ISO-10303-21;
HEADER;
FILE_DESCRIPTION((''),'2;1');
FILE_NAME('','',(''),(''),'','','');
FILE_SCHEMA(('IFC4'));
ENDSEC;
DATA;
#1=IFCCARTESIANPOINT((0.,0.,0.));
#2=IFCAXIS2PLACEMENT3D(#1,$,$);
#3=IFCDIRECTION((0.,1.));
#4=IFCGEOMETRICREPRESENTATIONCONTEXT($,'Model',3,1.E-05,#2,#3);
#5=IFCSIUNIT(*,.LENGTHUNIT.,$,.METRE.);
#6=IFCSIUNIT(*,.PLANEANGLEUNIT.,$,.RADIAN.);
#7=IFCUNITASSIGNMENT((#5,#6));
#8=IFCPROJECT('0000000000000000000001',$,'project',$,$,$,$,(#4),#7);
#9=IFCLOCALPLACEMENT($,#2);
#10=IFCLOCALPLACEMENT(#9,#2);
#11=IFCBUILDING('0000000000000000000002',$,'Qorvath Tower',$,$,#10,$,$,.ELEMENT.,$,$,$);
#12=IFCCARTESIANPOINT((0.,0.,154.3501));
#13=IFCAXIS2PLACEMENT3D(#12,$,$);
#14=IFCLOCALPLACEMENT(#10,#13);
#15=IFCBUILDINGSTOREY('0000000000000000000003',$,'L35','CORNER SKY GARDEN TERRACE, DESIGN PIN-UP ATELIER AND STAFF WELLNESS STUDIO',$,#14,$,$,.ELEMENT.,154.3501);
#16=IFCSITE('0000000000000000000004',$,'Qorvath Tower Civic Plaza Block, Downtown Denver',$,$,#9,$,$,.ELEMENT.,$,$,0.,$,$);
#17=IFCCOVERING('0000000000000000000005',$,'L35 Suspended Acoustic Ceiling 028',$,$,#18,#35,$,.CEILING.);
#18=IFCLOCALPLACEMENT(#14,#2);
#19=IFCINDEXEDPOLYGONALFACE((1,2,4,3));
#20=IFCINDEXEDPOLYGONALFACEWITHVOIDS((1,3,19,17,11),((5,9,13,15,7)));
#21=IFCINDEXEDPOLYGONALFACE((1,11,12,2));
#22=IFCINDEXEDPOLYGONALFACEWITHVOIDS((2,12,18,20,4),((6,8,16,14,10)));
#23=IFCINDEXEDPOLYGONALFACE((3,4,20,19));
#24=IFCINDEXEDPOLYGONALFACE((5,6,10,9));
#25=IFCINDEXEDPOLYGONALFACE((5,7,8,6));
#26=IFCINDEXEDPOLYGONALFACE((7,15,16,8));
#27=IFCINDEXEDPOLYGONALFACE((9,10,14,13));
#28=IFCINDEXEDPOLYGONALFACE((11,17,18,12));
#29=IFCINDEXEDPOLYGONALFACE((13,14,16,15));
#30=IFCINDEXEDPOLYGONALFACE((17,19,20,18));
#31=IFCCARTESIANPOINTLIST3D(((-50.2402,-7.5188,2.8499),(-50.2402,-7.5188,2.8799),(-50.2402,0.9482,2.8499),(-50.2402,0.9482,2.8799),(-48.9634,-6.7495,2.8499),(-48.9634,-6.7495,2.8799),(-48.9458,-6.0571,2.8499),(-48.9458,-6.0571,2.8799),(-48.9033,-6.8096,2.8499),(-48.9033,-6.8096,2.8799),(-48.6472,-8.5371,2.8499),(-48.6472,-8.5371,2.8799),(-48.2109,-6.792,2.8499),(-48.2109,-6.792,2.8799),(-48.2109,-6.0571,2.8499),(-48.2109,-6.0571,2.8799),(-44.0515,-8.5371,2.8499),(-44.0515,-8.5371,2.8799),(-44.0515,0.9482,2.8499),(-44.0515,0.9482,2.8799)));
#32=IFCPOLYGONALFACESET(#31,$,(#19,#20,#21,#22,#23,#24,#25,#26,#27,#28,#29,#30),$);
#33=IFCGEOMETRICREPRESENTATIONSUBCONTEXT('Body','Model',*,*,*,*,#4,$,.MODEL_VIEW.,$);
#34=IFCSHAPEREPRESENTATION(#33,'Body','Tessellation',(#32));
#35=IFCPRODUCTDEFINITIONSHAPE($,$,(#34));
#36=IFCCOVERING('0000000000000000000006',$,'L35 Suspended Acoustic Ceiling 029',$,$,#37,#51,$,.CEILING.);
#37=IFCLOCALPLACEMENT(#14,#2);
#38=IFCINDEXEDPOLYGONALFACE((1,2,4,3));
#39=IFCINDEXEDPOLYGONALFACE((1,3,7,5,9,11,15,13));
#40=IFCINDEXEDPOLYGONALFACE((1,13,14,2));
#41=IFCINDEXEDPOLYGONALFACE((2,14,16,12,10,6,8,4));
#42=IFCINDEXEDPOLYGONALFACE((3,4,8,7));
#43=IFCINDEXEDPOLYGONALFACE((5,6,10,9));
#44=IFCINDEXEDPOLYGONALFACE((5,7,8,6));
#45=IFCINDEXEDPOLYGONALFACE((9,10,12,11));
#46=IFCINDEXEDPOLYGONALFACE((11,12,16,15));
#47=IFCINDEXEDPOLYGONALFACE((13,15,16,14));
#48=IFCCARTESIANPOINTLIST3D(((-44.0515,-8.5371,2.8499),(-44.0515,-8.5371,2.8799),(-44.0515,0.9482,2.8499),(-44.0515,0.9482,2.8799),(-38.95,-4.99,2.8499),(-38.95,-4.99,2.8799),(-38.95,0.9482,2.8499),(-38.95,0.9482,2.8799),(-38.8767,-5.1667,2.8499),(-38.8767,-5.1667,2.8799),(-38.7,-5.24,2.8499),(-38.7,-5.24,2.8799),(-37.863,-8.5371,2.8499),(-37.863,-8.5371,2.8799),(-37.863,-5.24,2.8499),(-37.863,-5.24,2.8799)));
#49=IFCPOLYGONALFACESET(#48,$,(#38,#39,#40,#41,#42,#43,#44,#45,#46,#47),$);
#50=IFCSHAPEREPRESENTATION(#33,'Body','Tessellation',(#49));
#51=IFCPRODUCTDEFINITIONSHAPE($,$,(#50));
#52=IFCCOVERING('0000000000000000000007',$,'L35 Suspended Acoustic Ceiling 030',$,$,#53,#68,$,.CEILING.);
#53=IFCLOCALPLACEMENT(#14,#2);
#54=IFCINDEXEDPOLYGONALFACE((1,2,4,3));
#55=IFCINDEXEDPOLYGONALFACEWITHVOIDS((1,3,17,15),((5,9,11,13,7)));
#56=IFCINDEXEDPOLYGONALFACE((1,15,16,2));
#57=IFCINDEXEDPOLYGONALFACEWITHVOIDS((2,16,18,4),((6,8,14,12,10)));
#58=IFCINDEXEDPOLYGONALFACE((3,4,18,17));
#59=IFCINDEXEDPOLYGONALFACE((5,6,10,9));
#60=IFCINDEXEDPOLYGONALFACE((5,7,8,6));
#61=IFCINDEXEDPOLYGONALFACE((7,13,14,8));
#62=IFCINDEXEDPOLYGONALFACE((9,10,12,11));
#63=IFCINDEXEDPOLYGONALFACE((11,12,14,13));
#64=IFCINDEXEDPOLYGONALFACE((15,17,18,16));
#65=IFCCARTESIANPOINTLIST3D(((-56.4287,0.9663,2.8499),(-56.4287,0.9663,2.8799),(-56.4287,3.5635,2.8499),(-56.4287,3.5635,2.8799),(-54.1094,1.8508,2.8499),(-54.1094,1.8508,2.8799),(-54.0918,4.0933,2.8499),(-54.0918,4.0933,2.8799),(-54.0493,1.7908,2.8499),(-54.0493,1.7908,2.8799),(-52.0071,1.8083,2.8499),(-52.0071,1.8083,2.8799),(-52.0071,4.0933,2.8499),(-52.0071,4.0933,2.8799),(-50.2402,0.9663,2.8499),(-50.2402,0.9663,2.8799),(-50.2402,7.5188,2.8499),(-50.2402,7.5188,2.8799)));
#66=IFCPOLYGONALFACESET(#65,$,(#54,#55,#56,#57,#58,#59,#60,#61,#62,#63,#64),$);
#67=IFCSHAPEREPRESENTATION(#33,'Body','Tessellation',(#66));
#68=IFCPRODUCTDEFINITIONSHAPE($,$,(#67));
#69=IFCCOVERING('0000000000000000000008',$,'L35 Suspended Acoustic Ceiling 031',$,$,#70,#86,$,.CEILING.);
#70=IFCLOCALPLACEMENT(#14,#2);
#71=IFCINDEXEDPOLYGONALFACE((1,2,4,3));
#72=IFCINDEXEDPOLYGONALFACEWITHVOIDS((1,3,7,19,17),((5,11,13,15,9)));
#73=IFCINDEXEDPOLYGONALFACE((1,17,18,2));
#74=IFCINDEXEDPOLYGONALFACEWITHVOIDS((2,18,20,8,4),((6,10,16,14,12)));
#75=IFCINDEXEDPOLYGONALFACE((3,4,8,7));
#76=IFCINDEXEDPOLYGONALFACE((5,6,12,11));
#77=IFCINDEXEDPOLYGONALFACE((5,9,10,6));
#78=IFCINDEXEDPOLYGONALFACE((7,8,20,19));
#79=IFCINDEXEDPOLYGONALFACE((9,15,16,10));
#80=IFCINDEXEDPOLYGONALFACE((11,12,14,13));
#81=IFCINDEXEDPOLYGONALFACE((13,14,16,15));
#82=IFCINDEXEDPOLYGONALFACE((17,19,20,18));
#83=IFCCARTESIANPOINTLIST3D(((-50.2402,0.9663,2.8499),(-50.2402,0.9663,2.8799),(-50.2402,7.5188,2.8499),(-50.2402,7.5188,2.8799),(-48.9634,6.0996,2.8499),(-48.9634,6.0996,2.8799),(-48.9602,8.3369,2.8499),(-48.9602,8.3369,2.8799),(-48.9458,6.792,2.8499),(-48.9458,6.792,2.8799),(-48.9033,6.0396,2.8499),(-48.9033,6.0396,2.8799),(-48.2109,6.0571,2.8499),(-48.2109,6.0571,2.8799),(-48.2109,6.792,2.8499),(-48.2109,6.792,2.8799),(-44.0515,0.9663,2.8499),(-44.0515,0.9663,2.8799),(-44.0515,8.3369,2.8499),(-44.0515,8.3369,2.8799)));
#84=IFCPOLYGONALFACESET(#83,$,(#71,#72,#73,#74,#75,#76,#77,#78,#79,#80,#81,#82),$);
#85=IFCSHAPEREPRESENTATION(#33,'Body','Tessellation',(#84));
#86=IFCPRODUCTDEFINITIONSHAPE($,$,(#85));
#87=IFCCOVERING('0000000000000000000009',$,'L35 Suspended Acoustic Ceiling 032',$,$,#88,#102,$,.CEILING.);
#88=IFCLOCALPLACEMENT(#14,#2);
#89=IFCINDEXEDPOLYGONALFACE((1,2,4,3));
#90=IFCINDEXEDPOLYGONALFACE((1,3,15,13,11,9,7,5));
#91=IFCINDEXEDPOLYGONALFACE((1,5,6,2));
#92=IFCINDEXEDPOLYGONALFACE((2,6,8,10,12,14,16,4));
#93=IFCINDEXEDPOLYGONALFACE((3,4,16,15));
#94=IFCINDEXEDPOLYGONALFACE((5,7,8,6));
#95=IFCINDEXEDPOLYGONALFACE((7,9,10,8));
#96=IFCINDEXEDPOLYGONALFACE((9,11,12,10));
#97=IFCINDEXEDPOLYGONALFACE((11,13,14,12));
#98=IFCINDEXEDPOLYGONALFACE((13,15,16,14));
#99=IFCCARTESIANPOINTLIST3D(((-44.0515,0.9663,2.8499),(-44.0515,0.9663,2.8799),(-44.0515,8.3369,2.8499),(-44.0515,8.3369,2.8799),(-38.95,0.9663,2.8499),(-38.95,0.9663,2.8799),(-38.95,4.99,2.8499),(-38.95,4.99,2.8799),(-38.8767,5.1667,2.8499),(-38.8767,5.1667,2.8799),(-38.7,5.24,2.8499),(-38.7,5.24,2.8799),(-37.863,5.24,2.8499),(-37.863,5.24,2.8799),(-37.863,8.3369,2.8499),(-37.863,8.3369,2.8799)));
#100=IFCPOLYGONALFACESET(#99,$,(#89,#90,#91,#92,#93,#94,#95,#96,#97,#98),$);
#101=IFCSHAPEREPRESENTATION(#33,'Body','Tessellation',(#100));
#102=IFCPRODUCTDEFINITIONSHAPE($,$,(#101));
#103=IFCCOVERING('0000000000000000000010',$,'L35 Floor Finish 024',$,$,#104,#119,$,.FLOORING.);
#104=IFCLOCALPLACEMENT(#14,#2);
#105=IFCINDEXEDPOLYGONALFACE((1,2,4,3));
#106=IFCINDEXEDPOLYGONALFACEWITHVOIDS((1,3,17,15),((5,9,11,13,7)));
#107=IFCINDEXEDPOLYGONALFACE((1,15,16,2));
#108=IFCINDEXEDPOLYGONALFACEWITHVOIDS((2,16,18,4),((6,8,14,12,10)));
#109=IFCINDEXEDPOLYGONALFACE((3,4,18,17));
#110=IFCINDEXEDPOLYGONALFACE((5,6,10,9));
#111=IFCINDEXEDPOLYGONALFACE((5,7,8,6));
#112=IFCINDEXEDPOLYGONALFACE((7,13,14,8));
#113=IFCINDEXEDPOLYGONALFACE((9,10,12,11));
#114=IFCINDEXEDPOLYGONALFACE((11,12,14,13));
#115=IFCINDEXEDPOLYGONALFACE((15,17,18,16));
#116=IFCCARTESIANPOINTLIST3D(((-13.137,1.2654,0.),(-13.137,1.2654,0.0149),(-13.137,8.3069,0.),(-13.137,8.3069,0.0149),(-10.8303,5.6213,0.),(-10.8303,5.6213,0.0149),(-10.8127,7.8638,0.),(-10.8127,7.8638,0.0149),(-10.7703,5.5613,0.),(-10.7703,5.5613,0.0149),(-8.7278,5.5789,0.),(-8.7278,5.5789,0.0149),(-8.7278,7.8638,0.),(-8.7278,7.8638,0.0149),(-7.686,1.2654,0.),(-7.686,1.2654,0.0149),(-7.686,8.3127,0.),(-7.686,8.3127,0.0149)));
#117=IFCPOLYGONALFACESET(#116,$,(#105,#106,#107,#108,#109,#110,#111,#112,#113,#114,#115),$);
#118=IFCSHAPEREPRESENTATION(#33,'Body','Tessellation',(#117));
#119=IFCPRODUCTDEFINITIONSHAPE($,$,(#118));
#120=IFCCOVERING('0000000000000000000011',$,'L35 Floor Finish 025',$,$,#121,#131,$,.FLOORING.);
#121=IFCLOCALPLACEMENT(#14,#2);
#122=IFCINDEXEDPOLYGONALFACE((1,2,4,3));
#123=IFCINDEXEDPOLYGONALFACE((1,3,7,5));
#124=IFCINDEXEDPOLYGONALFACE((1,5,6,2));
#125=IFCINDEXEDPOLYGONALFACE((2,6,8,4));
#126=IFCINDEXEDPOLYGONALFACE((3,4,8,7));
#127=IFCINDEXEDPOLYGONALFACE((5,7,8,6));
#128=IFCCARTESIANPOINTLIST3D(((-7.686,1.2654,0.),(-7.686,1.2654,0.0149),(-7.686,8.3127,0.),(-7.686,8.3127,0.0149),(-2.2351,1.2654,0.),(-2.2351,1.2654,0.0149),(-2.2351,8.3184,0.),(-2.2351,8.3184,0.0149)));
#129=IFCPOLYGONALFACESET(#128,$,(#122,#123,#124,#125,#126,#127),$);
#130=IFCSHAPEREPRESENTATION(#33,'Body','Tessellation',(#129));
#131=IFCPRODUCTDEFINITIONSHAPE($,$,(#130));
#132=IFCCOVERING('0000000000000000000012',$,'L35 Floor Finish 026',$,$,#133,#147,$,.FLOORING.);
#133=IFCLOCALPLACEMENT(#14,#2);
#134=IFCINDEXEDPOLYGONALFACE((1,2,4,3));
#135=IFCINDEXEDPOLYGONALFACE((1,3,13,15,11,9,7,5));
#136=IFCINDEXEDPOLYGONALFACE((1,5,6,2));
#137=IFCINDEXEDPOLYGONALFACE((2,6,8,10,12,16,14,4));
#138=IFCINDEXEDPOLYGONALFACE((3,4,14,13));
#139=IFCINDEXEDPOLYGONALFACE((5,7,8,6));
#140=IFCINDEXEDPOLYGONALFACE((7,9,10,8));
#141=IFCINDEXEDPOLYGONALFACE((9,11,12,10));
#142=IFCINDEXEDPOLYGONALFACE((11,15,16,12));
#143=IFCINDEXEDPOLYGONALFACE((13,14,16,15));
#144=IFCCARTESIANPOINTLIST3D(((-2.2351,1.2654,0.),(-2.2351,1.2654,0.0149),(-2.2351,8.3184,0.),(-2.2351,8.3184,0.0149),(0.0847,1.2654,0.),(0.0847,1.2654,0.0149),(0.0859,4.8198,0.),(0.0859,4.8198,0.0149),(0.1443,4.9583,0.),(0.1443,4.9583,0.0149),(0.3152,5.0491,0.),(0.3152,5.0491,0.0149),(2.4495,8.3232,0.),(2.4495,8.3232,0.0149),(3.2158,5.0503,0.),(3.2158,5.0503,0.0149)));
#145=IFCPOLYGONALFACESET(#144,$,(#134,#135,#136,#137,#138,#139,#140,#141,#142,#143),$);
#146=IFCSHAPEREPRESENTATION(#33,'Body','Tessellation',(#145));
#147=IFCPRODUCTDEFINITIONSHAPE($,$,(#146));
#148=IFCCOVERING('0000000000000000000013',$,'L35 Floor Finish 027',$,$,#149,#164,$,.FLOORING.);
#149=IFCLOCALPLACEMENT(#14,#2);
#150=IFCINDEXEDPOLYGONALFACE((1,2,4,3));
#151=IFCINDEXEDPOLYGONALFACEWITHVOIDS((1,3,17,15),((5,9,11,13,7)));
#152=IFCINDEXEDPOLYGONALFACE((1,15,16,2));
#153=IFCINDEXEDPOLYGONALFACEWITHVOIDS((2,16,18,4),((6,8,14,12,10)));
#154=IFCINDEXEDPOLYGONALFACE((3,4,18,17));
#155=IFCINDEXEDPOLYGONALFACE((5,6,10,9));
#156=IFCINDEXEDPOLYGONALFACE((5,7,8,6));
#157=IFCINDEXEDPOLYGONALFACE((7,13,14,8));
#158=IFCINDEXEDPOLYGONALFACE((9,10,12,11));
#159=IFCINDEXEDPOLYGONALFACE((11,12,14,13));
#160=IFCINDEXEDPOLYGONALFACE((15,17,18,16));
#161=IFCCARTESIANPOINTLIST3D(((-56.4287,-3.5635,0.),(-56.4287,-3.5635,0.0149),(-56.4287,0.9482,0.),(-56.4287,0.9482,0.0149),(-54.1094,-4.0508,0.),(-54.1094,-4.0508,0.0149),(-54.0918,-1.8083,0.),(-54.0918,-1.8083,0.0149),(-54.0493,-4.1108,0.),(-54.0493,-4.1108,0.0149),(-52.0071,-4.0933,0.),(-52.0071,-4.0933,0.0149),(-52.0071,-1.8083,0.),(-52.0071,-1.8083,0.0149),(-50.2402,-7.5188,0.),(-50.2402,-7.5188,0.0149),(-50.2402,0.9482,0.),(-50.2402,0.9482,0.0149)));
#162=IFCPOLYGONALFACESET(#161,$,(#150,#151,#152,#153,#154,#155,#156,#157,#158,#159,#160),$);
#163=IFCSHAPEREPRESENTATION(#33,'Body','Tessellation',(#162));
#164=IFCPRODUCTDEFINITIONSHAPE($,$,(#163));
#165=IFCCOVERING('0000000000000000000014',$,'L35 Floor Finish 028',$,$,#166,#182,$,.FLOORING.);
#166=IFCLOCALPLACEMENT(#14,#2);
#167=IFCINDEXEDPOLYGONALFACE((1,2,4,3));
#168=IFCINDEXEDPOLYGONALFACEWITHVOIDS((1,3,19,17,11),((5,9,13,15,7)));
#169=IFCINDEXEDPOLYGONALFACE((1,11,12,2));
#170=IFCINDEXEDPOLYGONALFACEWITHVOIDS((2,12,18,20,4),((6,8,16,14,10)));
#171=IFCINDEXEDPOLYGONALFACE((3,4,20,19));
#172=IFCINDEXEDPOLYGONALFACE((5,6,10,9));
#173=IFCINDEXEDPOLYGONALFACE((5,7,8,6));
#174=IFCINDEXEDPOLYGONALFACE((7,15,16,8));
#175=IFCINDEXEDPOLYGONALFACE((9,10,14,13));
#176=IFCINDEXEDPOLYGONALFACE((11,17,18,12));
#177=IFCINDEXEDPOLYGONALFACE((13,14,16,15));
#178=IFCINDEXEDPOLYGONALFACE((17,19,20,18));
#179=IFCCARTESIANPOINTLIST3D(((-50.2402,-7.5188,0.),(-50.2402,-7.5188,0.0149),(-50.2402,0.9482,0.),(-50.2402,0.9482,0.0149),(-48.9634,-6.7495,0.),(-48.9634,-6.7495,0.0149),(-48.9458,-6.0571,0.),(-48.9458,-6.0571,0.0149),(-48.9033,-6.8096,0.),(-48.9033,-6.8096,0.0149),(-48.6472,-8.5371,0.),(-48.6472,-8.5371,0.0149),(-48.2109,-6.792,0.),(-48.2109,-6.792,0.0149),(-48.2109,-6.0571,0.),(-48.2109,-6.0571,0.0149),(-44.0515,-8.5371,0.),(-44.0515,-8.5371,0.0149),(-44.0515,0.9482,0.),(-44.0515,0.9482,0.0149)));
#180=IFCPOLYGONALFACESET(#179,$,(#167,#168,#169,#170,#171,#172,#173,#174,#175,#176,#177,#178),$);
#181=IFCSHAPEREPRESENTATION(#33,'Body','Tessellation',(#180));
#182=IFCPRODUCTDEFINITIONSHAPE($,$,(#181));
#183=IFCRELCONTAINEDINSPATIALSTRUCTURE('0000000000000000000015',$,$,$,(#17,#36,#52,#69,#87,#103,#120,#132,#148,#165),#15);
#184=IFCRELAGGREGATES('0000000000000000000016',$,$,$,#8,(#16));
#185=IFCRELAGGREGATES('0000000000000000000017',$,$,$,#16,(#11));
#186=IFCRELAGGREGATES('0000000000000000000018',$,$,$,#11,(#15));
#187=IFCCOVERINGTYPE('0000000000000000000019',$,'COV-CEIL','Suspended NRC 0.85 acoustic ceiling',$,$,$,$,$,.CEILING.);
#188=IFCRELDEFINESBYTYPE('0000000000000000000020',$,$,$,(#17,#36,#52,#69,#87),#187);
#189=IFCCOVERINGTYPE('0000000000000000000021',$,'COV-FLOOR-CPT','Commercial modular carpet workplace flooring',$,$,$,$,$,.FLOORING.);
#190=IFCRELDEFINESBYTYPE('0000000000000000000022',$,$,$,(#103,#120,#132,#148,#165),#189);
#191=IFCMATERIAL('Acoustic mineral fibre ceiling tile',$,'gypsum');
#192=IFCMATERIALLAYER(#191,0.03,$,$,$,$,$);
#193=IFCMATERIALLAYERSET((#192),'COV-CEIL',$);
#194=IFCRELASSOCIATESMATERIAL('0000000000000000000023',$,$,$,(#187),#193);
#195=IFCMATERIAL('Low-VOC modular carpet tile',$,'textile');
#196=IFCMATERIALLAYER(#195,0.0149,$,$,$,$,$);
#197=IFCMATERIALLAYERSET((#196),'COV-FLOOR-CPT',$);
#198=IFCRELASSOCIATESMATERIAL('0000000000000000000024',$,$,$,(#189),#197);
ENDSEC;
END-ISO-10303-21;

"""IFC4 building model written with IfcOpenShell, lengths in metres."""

from ifc_helpers import new_model, si_unit, direction, frame, origin, place, context, subcontext, project, spatial, polyline, outline, extrude, material, layer, layer_set, type_object, element, save


model = new_model("IFC4")

# Units and contexts
model_context = context("Model", 3, precision=1e-05, world=origin(), true_north=direction((0.0, 1.0)))
body_context = subcontext(model_context, "Body", "Model", "MODEL_VIEW")
ifc_project = project(units=[si_unit("LENGTHUNIT", "METRE"), si_unit("PLANEANGLEUNIT", "RADIAN")], contexts=[model_context])

# Site, building, storey
site_placement = place(None, origin())
site = spatial("IfcSite", under=ifc_project, at=site_placement, Name="Qorvath Tower Civic Plaza Block, Downtown Denver", CompositionType="ELEMENT", RefElevation=0.0)
building_placement = place(site_placement, origin())
building = spatial("IfcBuilding", under=site, at=building_placement, Name="Qorvath Tower", CompositionType="ELEMENT")
storey_placement = place(building_placement, frame((0.0, 0.0, 154.3501)))
storey = spatial("IfcBuildingStorey", under=building, at=storey_placement, Name="L35", Description="CORNER SKY GARDEN TERRACE, DESIGN PIN-UP ATELIER AND STAFF WELLNESS STUDIO", CompositionType="ELEMENT", Elevation=154.3501)

# Coverings
ifc_material_1 = material(Name="Acoustic mineral fibre ceiling tile", Category="gypsum")
ifc_layer_1 = layer(ifc_material_1, 0.03)
ifc_layer_set_1 = layer_set([ifc_layer_1], Name="COV-CEIL")
covering_type_1 = type_object("IfcCoveringType", Name="COV-CEIL", Description="Suspended NRC 0.85 acoustic ceiling", PredefinedType="CEILING", material=ifc_layer_set_1)
covering_1_placement = place(storey_placement, frame((0.0, 0.0, 2.8499)))
element("IfcCovering", 1, at=covering_1_placement, inside=storey, type_object=covering_type_1, Name="L35 Suspended Acoustic Ceiling 028", PredefinedType="CEILING", context=body_context, shape_type="SweptSolid", body=[
    extrude(outline(polyline([(-44.0515, -8.5371), (-44.0515, 0.9482), (-50.2402, 0.9482), (-50.2402, -7.5188), (-48.6472, -8.5371), (-44.0515, -8.5371)]), holes=[polyline([(-48.9634, -6.7495), (-48.9458, -6.0571), (-48.2109, -6.0571), (-48.2109, -6.792), (-48.9033, -6.8096), (-48.9634, -6.7495)])]), origin(), (0.0, 0.0, 1.0), 0.03),
])
covering_2_placement = place(storey_placement, frame((0.0, 0.0, 2.8499)))
element("IfcCovering", 2, at=covering_2_placement, inside=storey, type_object=covering_type_1, Name="L35 Suspended Acoustic Ceiling 029", PredefinedType="CEILING", context=body_context, shape_type="SweptSolid", body=[
    extrude(outline(polyline([(-38.95, 0.9482), (-44.0515, 0.9482), (-44.0515, -8.5371), (-37.863, -8.5371), (-37.863, -5.24), (-38.7, -5.24), (-38.8767, -5.1667), (-38.95, -4.99), (-38.95, 0.9482)])), origin(), (0.0, 0.0, 1.0), 0.03),
])
covering_3_placement = place(storey_placement, frame((0.0, 0.0, 2.8499)))
element("IfcCovering", 3, at=covering_3_placement, inside=storey, type_object=covering_type_1, Name="L35 Suspended Acoustic Ceiling 030", PredefinedType="CEILING", context=body_context, shape_type="SweptSolid", body=[
    extrude(outline(polyline([(-50.2402, 0.9663), (-50.2402, 7.5188), (-56.4287, 3.5635), (-56.4287, 0.9663), (-50.2402, 0.9663)]), holes=[polyline([(-54.1094, 1.8508), (-54.0918, 4.0933), (-52.0071, 4.0933), (-52.0071, 1.8083), (-54.0493, 1.7908), (-54.1094, 1.8508)])]), origin(), (0.0, 0.0, 1.0), 0.03),
])
covering_4_placement = place(storey_placement, frame((0.0, 0.0, 2.8499)))
element("IfcCovering", 4, at=covering_4_placement, inside=storey, type_object=covering_type_1, Name="L35 Suspended Acoustic Ceiling 031", PredefinedType="CEILING", context=body_context, shape_type="SweptSolid", body=[
    extrude(outline(polyline([(-44.0515, 0.9663), (-44.0515, 8.3369), (-48.9602, 8.3369), (-50.2402, 7.5188), (-50.2402, 0.9663), (-44.0515, 0.9663)]), holes=[polyline([(-48.9634, 6.0996), (-48.9458, 6.792), (-48.2109, 6.792), (-48.2109, 6.0571), (-48.9033, 6.0396), (-48.9634, 6.0996)])]), origin(), (0.0, 0.0, 1.0), 0.03),
])
covering_5_placement = place(storey_placement, frame((0.0, 0.0, 2.8499)))
element("IfcCovering", 5, at=covering_5_placement, inside=storey, type_object=covering_type_1, Name="L35 Suspended Acoustic Ceiling 032", PredefinedType="CEILING", context=body_context, shape_type="SweptSolid", body=[
    extrude(outline(polyline([(-37.863, 8.3369), (-44.0515, 8.3369), (-44.0515, 0.9663), (-38.95, 0.9663), (-38.95, 4.99), (-38.8767, 5.1667), (-38.7, 5.24), (-37.863, 5.24), (-37.863, 8.3369)])), origin(), (0.0, 0.0, 1.0), 0.03),
])
ifc_material_2 = material(Name="Low-VOC modular carpet tile", Category="textile")
ifc_layer_2 = layer(ifc_material_2, 0.0149)
ifc_layer_set_2 = layer_set([ifc_layer_2], Name="COV-FLOOR-CPT")
covering_type_2 = type_object("IfcCoveringType", Name="COV-FLOOR-CPT", Description="Commercial modular carpet workplace flooring", PredefinedType="FLOORING", material=ifc_layer_set_2)
covering_6_placement = place(storey_placement, origin())
element("IfcCovering", 6, at=covering_6_placement, inside=storey, type_object=covering_type_2, Name="L35 Floor Finish 024", PredefinedType="FLOORING", context=body_context, shape_type="SweptSolid", body=[
    extrude(outline(polyline([(-7.686, 1.2654), (-7.686, 8.3127), (-13.137, 8.3069), (-13.137, 1.2654), (-7.686, 1.2654)]), holes=[polyline([(-10.8303, 5.6213), (-10.8127, 7.8638), (-8.7278, 7.8638), (-8.7278, 5.5789), (-10.7703, 5.5613), (-10.8303, 5.6213)])]), origin(), (0.0, 0.0, 1.0), 0.0149),
])
covering_7_placement = place(storey_placement, origin())
element("IfcCovering", 7, at=covering_7_placement, inside=storey, type_object=covering_type_2, Name="L35 Floor Finish 025", PredefinedType="FLOORING", context=body_context, shape_type="SweptSolid", body=[
    extrude(outline(polyline([(-2.2351, 1.2654), (-2.2351, 8.3184), (-7.686, 8.3127), (-7.686, 1.2654), (-2.2351, 1.2654)])), origin(), (0.0, 0.0, 1.0), 0.0149),
])
covering_8_placement = place(storey_placement, origin())
element("IfcCovering", 8, at=covering_8_placement, inside=storey, type_object=covering_type_2, Name="L35 Floor Finish 026", PredefinedType="FLOORING", context=body_context, shape_type="SweptSolid", body=[
    extrude(outline(polyline([(0.1443, 4.9583), (0.3152, 5.0491), (3.2158, 5.0503), (2.4495, 8.3232), (-2.2351, 8.3184), (-2.2351, 1.2654), (0.0847, 1.2654), (0.0859, 4.8198), (0.1443, 4.9583)])), origin(), (0.0, 0.0, 1.0), 0.0149),
])
covering_9_placement = place(storey_placement, origin())
element("IfcCovering", 9, at=covering_9_placement, inside=storey, type_object=covering_type_2, Name="L35 Floor Finish 027", PredefinedType="FLOORING", context=body_context, shape_type="SweptSolid", body=[
    extrude(outline(polyline([(-50.2402, -7.5188), (-50.2402, 0.9482), (-56.4287, 0.9482), (-56.4287, -3.5635), (-50.2402, -7.5188)]), holes=[polyline([(-54.1094, -4.0508), (-54.0918, -1.8083), (-52.0071, -1.8083), (-52.0071, -4.0933), (-54.0493, -4.1108), (-54.1094, -4.0508)])]), origin(), (0.0, 0.0, 1.0), 0.0149),
])
covering_10_placement = place(storey_placement, origin())
element("IfcCovering", 10, at=covering_10_placement, inside=storey, type_object=covering_type_2, Name="L35 Floor Finish 028", PredefinedType="FLOORING", context=body_context, shape_type="SweptSolid", body=[
    extrude(outline(polyline([(-44.0515, -8.5371), (-44.0515, 0.9482), (-50.2402, 0.9482), (-50.2402, -7.5188), (-48.6472, -8.5371), (-44.0515, -8.5371)]), holes=[polyline([(-48.9634, -6.7495), (-48.9458, -6.0571), (-48.2109, -6.0571), (-48.2109, -6.792), (-48.9033, -6.8096), (-48.9634, -6.7495)])]), origin(), (0.0, 0.0, 1.0), 0.0149),
])

save(model, "model.ifc")
